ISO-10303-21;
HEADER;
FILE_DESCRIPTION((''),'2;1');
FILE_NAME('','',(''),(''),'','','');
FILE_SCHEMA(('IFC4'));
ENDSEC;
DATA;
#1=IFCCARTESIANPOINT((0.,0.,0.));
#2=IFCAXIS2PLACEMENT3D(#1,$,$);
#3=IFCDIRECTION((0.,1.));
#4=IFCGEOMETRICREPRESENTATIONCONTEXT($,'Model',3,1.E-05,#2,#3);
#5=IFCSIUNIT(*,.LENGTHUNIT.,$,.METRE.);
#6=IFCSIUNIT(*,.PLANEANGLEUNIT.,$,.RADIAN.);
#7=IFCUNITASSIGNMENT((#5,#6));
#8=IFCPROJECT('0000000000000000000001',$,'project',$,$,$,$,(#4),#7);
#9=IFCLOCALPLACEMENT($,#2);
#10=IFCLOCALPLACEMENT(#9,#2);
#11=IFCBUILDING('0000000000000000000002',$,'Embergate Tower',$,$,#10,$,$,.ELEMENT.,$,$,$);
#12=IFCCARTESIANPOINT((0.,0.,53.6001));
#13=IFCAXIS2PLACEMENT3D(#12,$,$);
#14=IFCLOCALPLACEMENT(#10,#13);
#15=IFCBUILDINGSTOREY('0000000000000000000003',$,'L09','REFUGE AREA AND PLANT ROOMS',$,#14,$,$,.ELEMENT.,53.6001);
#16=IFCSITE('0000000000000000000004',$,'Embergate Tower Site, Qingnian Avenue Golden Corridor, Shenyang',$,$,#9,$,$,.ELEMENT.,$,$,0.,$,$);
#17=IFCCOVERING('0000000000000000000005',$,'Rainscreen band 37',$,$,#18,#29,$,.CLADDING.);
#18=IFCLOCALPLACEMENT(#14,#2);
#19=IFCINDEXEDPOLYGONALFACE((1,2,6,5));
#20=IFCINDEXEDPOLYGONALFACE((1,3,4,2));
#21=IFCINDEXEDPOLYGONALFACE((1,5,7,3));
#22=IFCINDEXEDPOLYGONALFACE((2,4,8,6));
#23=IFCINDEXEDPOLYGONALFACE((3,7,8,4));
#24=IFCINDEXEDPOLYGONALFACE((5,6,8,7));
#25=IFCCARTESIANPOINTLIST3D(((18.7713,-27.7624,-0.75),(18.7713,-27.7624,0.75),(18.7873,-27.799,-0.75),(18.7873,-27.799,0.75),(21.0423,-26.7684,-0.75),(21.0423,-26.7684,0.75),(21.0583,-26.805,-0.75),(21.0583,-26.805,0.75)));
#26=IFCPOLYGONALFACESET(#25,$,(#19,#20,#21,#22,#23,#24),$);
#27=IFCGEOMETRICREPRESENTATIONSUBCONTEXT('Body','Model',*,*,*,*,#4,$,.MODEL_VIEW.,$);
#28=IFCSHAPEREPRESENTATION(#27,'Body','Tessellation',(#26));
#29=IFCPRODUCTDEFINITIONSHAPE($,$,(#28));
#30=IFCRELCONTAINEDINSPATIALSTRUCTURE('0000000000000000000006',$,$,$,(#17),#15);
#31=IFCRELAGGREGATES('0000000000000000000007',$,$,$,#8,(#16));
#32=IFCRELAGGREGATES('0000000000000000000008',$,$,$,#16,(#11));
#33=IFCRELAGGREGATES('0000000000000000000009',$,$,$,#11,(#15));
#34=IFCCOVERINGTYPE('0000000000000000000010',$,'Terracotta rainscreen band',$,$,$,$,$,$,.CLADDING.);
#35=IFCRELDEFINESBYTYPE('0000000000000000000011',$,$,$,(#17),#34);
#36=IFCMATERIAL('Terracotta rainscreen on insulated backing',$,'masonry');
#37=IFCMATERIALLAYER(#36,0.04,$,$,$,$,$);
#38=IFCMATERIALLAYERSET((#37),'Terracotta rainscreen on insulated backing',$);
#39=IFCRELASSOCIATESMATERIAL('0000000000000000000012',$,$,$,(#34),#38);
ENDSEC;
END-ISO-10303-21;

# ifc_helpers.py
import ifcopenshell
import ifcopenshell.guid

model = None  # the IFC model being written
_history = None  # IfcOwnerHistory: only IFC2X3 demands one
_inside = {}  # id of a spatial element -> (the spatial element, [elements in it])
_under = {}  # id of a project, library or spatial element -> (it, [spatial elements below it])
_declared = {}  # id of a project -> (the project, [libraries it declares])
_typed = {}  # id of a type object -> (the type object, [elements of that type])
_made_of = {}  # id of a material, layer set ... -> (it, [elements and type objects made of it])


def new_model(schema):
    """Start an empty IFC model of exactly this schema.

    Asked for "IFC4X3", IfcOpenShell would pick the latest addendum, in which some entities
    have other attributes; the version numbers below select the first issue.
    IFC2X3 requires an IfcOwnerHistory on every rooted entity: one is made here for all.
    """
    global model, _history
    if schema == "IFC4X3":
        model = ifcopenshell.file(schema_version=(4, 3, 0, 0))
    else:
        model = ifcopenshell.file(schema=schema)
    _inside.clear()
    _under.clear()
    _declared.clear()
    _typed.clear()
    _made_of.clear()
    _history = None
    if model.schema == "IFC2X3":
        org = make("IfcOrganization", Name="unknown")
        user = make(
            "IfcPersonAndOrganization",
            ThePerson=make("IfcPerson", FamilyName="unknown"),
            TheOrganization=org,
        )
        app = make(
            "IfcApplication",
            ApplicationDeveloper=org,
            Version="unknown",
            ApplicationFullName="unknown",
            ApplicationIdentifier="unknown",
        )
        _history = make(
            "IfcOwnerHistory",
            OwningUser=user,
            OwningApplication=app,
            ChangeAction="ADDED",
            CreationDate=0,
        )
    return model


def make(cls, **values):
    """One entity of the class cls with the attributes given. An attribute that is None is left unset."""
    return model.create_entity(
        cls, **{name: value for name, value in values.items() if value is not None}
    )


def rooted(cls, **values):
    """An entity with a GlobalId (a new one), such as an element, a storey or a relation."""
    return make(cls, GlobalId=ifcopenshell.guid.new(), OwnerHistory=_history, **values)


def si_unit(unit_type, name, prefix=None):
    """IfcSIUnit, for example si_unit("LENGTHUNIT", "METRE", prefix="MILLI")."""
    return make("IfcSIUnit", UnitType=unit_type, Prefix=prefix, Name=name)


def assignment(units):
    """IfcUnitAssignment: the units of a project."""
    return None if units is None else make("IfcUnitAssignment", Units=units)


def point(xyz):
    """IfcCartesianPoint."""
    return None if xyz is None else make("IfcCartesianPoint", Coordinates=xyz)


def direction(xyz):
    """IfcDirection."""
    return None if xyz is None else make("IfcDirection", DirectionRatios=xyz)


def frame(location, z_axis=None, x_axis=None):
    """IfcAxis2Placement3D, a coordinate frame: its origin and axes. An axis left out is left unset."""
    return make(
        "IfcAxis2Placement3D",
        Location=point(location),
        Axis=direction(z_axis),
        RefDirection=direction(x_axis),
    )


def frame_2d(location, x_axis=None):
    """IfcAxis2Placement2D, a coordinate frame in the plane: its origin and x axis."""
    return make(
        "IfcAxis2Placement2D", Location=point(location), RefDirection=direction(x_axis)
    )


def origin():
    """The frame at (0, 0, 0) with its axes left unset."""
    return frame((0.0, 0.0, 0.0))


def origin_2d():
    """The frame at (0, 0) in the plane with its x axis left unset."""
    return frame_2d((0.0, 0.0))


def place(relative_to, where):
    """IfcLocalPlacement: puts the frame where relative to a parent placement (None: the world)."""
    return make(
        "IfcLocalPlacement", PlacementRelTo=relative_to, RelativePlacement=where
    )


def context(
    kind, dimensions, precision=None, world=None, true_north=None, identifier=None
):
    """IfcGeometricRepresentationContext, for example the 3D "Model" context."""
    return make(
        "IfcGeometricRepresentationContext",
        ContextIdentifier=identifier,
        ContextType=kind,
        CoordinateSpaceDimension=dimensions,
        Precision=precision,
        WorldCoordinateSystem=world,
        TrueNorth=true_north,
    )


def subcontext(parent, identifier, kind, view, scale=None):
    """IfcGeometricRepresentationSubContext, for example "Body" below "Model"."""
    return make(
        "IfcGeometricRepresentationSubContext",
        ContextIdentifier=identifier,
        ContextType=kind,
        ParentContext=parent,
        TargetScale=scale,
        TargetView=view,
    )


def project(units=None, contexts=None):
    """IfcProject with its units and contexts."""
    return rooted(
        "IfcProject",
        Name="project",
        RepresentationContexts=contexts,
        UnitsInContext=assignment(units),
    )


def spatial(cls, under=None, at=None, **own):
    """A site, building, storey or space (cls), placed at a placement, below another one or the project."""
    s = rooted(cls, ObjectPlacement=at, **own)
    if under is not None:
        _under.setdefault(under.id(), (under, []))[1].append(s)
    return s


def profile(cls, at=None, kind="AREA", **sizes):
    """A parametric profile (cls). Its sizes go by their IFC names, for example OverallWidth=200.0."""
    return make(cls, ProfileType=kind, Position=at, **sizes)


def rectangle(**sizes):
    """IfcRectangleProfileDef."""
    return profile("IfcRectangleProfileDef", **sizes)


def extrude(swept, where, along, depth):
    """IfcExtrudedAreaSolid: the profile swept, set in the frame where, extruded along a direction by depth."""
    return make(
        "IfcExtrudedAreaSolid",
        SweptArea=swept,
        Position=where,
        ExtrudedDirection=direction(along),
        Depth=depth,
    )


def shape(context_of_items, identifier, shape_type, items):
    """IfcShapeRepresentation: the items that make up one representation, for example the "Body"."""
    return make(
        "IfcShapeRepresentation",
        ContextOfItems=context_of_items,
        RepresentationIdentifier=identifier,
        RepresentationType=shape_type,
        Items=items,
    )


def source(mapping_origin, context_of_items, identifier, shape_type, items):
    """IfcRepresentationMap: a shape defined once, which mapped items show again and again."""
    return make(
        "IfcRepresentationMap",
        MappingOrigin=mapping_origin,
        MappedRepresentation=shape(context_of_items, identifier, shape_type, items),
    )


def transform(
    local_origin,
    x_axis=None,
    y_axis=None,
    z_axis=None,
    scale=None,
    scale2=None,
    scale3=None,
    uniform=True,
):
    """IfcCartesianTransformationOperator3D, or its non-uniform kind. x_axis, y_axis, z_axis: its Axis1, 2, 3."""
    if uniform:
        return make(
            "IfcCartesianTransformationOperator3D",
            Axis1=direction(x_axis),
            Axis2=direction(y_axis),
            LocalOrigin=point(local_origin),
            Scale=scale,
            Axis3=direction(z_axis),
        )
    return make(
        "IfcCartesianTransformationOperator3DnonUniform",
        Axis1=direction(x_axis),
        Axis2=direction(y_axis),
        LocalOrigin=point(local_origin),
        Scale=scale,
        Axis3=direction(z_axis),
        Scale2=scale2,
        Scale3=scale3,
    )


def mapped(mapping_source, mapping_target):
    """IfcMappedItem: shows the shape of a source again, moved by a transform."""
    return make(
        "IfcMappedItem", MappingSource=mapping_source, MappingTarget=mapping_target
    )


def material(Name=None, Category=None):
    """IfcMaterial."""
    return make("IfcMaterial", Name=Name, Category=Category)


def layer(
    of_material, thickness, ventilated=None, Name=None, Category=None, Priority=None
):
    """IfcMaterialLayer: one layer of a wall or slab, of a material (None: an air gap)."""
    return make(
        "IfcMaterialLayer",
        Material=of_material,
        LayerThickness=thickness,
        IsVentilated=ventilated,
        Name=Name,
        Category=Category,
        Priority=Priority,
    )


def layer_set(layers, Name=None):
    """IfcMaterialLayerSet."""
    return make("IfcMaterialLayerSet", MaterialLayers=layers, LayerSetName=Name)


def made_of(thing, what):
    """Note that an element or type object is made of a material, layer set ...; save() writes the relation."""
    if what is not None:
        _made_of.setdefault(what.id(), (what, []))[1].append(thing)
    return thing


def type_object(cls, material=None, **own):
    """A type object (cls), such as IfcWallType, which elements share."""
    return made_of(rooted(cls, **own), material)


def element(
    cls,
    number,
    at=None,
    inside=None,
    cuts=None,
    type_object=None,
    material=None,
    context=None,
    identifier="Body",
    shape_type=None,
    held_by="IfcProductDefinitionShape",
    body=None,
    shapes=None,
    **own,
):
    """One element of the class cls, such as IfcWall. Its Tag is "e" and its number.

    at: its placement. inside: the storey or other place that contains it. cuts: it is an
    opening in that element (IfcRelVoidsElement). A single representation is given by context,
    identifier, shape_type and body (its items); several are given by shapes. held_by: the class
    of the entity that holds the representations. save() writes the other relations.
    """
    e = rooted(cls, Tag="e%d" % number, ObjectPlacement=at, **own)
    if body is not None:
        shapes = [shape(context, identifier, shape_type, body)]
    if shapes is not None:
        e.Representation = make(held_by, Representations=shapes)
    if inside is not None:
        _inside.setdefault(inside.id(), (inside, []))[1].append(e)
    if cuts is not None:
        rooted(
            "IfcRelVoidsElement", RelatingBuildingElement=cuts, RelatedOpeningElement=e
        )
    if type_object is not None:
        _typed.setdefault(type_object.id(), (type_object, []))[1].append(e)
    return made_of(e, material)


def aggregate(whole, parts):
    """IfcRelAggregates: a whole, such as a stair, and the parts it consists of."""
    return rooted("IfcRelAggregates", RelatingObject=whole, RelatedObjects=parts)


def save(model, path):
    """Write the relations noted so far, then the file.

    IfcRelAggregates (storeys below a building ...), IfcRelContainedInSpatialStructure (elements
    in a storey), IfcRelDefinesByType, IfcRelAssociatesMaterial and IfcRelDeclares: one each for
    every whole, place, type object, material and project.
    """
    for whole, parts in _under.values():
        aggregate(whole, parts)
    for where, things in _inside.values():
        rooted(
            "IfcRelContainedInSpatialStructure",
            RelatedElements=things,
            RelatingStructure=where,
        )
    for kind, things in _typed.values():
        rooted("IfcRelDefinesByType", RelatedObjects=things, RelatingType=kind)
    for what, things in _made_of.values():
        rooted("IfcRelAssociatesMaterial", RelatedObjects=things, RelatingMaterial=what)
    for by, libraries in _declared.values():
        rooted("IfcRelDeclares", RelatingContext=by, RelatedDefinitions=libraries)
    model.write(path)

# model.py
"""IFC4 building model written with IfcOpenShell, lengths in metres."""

from ifc_helpers import new_model, si_unit, direction, frame, origin, origin_2d, place, context, subcontext, project, spatial, rectangle, extrude, source, transform, mapped, material, layer, layer_set, type_object, element, save


model = new_model("IFC4")

# Units and contexts
model_context = context("Model", 3, precision=1e-05, world=origin(), true_north=direction((0.0, 1.0)))
body_context = subcontext(model_context, "Body", "Model", "MODEL_VIEW")
ifc_project = project(units=[si_unit("LENGTHUNIT", "METRE"), si_unit("PLANEANGLEUNIT", "RADIAN")], contexts=[model_context])

# Site, building, storey
site_placement = place(None, origin())
site = spatial("IfcSite", under=ifc_project, at=site_placement, Name="Embergate Tower Site, Qingnian Avenue Golden Corridor, Shenyang", CompositionType="ELEMENT", RefElevation=0.0)
building_placement = place(site_placement, origin())
building = spatial("IfcBuilding", under=site, at=building_placement, Name="Embergate Tower", CompositionType="ELEMENT")
storey_placement = place(building_placement, frame((0.0, 0.0, 53.6001)))
storey = spatial("IfcBuildingStorey", under=building, at=storey_placement, Name="L09", Description="REFUGE AREA AND PLANT ROOMS", CompositionType="ELEMENT", Elevation=53.6001)

# Covering
ifc_material_1 = material(Name="Terracotta rainscreen on insulated backing", Category="masonry")
ifc_layer_1 = layer(ifc_material_1, 0.04)
ifc_layer_set_1 = layer_set([ifc_layer_1], Name="Terracotta rainscreen on insulated backing")
covering_type = type_object("IfcCoveringType", Name="Terracotta rainscreen band", PredefinedType="CLADDING", material=ifc_layer_set_1)
shared_shape_1 = source(origin(), body_context, "Body", "SweptSolid", [
    extrude(rectangle(XDim=2.479, YDim=0.04, at=origin_2d()), origin(), (0.0, 0.0, 1.0), 1.5),
])
covering_1_placement = place(storey_placement, frame((19.9148, -27.2837, -0.75), z_axis=(0.0, 0.0, 1.0), x_axis=(0.916093, 0.400966, 0.0)))
element("IfcCovering", 1, at=covering_1_placement, inside=storey, type_object=covering_type, Name="Rainscreen band 37", PredefinedType="CLADDING", context=body_context, shape_type="MappedRepresentation", body=[
    mapped(shared_shape_1, transform((0.0, 0.0, 0.0))),
])

save(model, "model.ifc")
